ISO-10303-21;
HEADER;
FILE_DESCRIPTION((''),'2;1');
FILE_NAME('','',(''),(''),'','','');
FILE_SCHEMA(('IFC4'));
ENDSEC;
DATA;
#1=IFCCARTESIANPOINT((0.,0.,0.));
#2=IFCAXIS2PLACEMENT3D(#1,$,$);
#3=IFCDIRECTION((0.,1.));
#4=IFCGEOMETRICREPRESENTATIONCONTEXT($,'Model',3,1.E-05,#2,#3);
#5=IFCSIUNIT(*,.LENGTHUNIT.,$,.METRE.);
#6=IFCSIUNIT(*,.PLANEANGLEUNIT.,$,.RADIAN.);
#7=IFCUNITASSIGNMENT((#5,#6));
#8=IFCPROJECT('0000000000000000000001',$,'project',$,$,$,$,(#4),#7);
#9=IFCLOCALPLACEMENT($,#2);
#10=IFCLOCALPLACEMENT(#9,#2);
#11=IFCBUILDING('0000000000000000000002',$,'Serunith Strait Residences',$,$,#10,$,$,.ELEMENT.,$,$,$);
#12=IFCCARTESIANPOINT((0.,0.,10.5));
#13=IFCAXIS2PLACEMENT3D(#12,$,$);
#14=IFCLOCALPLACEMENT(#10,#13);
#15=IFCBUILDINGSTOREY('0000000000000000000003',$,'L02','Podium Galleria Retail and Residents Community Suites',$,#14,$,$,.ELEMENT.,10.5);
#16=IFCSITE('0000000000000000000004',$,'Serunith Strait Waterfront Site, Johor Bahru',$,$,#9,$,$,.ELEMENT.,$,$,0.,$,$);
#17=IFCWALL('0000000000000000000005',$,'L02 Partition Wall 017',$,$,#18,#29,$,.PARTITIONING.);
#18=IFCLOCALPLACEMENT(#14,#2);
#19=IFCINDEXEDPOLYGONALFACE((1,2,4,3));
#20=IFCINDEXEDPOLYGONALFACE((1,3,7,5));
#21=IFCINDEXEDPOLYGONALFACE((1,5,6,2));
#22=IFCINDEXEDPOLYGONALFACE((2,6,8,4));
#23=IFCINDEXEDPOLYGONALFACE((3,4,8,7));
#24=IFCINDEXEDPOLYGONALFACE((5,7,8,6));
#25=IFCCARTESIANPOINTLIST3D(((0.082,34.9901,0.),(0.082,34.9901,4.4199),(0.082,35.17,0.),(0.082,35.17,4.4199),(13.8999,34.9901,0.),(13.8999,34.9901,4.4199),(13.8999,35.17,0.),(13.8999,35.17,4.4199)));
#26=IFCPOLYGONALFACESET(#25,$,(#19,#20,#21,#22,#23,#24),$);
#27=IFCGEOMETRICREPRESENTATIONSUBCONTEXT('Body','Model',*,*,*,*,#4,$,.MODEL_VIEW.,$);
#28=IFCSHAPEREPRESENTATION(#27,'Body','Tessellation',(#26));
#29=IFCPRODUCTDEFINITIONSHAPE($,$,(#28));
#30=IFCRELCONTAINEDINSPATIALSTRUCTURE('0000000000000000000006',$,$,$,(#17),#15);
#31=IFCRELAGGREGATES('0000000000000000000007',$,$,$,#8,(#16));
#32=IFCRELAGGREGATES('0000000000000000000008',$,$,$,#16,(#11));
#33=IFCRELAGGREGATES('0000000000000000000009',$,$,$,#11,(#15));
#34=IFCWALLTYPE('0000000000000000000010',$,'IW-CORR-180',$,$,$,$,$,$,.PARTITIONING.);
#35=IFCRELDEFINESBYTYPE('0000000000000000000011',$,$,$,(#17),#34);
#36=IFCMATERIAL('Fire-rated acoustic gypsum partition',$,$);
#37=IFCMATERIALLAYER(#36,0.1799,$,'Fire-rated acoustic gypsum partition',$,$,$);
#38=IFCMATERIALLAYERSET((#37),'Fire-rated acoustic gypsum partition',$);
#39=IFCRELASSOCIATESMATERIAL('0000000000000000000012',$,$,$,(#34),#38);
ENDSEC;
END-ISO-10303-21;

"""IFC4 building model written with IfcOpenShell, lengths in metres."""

from ifc_helpers import new_model, si_unit, direction, frame, frame_2d, origin, place, context, subcontext, project, spatial, rectangle, extrude, material, layer, layer_set, type_object, element, save


model = new_model("IFC4")

# Units and contexts
model_context = context("Model", 3, precision=1e-05, world=origin(), true_north=direction((0.0, 1.0)))
body_context = subcontext(model_context, "Body", "Model", "MODEL_VIEW")
ifc_project = project(units=[si_unit("LENGTHUNIT", "METRE"), si_unit("PLANEANGLEUNIT", "RADIAN")], contexts=[model_context])

# Site, building, storey
site_placement = place(None, origin())
site = spatial("IfcSite", under=ifc_project, at=site_placement, Name="Serunith Strait Waterfront Site, Johor Bahru", CompositionType="ELEMENT", RefElevation=0.0)
building_placement = place(site_placement, origin())
building = spatial("IfcBuilding", under=site, at=building_placement, Name="Serunith Strait Residences", CompositionType="ELEMENT")
storey_placement = place(building_placement, frame((0.0, 0.0, 10.5)))
storey = spatial("IfcBuildingStorey", under=building, at=storey_placement, Name="L02", Description="Podium Galleria Retail and Residents Community Suites", CompositionType="ELEMENT", Elevation=10.5)

# Wall
ifc_material_1 = material(Name="Fire-rated acoustic gypsum partition")
ifc_layer_1 = layer(ifc_material_1, 0.1799, Name="Fire-rated acoustic gypsum partition")
ifc_layer_set_1 = layer_set([ifc_layer_1], Name="Fire-rated acoustic gypsum partition")
wall_type_1 = type_object("IfcWallType", Name="IW-CORR-180", PredefinedType="PARTITIONING", material=ifc_layer_set_1)
wall_1_placement = place(storey_placement, frame((0.082, 35.0801, 0.0), z_axis=(0.0, 0.0, 1.0), x_axis=(1.0, 0.0, 0.0)))
element("IfcWall", 1, at=wall_1_placement, inside=storey, type_object=wall_type_1, Name="L02 Partition Wall 017", PredefinedType="PARTITIONING", context=body_context, shape_type="SweptSolid", body=[
    extrude(rectangle(XDim=13.8179, YDim=0.1799, at=frame_2d((6.9089, 0.0))), origin(), (0.0, 0.0, 1.0), 4.4199),
])

save(model, "model.ifc")
